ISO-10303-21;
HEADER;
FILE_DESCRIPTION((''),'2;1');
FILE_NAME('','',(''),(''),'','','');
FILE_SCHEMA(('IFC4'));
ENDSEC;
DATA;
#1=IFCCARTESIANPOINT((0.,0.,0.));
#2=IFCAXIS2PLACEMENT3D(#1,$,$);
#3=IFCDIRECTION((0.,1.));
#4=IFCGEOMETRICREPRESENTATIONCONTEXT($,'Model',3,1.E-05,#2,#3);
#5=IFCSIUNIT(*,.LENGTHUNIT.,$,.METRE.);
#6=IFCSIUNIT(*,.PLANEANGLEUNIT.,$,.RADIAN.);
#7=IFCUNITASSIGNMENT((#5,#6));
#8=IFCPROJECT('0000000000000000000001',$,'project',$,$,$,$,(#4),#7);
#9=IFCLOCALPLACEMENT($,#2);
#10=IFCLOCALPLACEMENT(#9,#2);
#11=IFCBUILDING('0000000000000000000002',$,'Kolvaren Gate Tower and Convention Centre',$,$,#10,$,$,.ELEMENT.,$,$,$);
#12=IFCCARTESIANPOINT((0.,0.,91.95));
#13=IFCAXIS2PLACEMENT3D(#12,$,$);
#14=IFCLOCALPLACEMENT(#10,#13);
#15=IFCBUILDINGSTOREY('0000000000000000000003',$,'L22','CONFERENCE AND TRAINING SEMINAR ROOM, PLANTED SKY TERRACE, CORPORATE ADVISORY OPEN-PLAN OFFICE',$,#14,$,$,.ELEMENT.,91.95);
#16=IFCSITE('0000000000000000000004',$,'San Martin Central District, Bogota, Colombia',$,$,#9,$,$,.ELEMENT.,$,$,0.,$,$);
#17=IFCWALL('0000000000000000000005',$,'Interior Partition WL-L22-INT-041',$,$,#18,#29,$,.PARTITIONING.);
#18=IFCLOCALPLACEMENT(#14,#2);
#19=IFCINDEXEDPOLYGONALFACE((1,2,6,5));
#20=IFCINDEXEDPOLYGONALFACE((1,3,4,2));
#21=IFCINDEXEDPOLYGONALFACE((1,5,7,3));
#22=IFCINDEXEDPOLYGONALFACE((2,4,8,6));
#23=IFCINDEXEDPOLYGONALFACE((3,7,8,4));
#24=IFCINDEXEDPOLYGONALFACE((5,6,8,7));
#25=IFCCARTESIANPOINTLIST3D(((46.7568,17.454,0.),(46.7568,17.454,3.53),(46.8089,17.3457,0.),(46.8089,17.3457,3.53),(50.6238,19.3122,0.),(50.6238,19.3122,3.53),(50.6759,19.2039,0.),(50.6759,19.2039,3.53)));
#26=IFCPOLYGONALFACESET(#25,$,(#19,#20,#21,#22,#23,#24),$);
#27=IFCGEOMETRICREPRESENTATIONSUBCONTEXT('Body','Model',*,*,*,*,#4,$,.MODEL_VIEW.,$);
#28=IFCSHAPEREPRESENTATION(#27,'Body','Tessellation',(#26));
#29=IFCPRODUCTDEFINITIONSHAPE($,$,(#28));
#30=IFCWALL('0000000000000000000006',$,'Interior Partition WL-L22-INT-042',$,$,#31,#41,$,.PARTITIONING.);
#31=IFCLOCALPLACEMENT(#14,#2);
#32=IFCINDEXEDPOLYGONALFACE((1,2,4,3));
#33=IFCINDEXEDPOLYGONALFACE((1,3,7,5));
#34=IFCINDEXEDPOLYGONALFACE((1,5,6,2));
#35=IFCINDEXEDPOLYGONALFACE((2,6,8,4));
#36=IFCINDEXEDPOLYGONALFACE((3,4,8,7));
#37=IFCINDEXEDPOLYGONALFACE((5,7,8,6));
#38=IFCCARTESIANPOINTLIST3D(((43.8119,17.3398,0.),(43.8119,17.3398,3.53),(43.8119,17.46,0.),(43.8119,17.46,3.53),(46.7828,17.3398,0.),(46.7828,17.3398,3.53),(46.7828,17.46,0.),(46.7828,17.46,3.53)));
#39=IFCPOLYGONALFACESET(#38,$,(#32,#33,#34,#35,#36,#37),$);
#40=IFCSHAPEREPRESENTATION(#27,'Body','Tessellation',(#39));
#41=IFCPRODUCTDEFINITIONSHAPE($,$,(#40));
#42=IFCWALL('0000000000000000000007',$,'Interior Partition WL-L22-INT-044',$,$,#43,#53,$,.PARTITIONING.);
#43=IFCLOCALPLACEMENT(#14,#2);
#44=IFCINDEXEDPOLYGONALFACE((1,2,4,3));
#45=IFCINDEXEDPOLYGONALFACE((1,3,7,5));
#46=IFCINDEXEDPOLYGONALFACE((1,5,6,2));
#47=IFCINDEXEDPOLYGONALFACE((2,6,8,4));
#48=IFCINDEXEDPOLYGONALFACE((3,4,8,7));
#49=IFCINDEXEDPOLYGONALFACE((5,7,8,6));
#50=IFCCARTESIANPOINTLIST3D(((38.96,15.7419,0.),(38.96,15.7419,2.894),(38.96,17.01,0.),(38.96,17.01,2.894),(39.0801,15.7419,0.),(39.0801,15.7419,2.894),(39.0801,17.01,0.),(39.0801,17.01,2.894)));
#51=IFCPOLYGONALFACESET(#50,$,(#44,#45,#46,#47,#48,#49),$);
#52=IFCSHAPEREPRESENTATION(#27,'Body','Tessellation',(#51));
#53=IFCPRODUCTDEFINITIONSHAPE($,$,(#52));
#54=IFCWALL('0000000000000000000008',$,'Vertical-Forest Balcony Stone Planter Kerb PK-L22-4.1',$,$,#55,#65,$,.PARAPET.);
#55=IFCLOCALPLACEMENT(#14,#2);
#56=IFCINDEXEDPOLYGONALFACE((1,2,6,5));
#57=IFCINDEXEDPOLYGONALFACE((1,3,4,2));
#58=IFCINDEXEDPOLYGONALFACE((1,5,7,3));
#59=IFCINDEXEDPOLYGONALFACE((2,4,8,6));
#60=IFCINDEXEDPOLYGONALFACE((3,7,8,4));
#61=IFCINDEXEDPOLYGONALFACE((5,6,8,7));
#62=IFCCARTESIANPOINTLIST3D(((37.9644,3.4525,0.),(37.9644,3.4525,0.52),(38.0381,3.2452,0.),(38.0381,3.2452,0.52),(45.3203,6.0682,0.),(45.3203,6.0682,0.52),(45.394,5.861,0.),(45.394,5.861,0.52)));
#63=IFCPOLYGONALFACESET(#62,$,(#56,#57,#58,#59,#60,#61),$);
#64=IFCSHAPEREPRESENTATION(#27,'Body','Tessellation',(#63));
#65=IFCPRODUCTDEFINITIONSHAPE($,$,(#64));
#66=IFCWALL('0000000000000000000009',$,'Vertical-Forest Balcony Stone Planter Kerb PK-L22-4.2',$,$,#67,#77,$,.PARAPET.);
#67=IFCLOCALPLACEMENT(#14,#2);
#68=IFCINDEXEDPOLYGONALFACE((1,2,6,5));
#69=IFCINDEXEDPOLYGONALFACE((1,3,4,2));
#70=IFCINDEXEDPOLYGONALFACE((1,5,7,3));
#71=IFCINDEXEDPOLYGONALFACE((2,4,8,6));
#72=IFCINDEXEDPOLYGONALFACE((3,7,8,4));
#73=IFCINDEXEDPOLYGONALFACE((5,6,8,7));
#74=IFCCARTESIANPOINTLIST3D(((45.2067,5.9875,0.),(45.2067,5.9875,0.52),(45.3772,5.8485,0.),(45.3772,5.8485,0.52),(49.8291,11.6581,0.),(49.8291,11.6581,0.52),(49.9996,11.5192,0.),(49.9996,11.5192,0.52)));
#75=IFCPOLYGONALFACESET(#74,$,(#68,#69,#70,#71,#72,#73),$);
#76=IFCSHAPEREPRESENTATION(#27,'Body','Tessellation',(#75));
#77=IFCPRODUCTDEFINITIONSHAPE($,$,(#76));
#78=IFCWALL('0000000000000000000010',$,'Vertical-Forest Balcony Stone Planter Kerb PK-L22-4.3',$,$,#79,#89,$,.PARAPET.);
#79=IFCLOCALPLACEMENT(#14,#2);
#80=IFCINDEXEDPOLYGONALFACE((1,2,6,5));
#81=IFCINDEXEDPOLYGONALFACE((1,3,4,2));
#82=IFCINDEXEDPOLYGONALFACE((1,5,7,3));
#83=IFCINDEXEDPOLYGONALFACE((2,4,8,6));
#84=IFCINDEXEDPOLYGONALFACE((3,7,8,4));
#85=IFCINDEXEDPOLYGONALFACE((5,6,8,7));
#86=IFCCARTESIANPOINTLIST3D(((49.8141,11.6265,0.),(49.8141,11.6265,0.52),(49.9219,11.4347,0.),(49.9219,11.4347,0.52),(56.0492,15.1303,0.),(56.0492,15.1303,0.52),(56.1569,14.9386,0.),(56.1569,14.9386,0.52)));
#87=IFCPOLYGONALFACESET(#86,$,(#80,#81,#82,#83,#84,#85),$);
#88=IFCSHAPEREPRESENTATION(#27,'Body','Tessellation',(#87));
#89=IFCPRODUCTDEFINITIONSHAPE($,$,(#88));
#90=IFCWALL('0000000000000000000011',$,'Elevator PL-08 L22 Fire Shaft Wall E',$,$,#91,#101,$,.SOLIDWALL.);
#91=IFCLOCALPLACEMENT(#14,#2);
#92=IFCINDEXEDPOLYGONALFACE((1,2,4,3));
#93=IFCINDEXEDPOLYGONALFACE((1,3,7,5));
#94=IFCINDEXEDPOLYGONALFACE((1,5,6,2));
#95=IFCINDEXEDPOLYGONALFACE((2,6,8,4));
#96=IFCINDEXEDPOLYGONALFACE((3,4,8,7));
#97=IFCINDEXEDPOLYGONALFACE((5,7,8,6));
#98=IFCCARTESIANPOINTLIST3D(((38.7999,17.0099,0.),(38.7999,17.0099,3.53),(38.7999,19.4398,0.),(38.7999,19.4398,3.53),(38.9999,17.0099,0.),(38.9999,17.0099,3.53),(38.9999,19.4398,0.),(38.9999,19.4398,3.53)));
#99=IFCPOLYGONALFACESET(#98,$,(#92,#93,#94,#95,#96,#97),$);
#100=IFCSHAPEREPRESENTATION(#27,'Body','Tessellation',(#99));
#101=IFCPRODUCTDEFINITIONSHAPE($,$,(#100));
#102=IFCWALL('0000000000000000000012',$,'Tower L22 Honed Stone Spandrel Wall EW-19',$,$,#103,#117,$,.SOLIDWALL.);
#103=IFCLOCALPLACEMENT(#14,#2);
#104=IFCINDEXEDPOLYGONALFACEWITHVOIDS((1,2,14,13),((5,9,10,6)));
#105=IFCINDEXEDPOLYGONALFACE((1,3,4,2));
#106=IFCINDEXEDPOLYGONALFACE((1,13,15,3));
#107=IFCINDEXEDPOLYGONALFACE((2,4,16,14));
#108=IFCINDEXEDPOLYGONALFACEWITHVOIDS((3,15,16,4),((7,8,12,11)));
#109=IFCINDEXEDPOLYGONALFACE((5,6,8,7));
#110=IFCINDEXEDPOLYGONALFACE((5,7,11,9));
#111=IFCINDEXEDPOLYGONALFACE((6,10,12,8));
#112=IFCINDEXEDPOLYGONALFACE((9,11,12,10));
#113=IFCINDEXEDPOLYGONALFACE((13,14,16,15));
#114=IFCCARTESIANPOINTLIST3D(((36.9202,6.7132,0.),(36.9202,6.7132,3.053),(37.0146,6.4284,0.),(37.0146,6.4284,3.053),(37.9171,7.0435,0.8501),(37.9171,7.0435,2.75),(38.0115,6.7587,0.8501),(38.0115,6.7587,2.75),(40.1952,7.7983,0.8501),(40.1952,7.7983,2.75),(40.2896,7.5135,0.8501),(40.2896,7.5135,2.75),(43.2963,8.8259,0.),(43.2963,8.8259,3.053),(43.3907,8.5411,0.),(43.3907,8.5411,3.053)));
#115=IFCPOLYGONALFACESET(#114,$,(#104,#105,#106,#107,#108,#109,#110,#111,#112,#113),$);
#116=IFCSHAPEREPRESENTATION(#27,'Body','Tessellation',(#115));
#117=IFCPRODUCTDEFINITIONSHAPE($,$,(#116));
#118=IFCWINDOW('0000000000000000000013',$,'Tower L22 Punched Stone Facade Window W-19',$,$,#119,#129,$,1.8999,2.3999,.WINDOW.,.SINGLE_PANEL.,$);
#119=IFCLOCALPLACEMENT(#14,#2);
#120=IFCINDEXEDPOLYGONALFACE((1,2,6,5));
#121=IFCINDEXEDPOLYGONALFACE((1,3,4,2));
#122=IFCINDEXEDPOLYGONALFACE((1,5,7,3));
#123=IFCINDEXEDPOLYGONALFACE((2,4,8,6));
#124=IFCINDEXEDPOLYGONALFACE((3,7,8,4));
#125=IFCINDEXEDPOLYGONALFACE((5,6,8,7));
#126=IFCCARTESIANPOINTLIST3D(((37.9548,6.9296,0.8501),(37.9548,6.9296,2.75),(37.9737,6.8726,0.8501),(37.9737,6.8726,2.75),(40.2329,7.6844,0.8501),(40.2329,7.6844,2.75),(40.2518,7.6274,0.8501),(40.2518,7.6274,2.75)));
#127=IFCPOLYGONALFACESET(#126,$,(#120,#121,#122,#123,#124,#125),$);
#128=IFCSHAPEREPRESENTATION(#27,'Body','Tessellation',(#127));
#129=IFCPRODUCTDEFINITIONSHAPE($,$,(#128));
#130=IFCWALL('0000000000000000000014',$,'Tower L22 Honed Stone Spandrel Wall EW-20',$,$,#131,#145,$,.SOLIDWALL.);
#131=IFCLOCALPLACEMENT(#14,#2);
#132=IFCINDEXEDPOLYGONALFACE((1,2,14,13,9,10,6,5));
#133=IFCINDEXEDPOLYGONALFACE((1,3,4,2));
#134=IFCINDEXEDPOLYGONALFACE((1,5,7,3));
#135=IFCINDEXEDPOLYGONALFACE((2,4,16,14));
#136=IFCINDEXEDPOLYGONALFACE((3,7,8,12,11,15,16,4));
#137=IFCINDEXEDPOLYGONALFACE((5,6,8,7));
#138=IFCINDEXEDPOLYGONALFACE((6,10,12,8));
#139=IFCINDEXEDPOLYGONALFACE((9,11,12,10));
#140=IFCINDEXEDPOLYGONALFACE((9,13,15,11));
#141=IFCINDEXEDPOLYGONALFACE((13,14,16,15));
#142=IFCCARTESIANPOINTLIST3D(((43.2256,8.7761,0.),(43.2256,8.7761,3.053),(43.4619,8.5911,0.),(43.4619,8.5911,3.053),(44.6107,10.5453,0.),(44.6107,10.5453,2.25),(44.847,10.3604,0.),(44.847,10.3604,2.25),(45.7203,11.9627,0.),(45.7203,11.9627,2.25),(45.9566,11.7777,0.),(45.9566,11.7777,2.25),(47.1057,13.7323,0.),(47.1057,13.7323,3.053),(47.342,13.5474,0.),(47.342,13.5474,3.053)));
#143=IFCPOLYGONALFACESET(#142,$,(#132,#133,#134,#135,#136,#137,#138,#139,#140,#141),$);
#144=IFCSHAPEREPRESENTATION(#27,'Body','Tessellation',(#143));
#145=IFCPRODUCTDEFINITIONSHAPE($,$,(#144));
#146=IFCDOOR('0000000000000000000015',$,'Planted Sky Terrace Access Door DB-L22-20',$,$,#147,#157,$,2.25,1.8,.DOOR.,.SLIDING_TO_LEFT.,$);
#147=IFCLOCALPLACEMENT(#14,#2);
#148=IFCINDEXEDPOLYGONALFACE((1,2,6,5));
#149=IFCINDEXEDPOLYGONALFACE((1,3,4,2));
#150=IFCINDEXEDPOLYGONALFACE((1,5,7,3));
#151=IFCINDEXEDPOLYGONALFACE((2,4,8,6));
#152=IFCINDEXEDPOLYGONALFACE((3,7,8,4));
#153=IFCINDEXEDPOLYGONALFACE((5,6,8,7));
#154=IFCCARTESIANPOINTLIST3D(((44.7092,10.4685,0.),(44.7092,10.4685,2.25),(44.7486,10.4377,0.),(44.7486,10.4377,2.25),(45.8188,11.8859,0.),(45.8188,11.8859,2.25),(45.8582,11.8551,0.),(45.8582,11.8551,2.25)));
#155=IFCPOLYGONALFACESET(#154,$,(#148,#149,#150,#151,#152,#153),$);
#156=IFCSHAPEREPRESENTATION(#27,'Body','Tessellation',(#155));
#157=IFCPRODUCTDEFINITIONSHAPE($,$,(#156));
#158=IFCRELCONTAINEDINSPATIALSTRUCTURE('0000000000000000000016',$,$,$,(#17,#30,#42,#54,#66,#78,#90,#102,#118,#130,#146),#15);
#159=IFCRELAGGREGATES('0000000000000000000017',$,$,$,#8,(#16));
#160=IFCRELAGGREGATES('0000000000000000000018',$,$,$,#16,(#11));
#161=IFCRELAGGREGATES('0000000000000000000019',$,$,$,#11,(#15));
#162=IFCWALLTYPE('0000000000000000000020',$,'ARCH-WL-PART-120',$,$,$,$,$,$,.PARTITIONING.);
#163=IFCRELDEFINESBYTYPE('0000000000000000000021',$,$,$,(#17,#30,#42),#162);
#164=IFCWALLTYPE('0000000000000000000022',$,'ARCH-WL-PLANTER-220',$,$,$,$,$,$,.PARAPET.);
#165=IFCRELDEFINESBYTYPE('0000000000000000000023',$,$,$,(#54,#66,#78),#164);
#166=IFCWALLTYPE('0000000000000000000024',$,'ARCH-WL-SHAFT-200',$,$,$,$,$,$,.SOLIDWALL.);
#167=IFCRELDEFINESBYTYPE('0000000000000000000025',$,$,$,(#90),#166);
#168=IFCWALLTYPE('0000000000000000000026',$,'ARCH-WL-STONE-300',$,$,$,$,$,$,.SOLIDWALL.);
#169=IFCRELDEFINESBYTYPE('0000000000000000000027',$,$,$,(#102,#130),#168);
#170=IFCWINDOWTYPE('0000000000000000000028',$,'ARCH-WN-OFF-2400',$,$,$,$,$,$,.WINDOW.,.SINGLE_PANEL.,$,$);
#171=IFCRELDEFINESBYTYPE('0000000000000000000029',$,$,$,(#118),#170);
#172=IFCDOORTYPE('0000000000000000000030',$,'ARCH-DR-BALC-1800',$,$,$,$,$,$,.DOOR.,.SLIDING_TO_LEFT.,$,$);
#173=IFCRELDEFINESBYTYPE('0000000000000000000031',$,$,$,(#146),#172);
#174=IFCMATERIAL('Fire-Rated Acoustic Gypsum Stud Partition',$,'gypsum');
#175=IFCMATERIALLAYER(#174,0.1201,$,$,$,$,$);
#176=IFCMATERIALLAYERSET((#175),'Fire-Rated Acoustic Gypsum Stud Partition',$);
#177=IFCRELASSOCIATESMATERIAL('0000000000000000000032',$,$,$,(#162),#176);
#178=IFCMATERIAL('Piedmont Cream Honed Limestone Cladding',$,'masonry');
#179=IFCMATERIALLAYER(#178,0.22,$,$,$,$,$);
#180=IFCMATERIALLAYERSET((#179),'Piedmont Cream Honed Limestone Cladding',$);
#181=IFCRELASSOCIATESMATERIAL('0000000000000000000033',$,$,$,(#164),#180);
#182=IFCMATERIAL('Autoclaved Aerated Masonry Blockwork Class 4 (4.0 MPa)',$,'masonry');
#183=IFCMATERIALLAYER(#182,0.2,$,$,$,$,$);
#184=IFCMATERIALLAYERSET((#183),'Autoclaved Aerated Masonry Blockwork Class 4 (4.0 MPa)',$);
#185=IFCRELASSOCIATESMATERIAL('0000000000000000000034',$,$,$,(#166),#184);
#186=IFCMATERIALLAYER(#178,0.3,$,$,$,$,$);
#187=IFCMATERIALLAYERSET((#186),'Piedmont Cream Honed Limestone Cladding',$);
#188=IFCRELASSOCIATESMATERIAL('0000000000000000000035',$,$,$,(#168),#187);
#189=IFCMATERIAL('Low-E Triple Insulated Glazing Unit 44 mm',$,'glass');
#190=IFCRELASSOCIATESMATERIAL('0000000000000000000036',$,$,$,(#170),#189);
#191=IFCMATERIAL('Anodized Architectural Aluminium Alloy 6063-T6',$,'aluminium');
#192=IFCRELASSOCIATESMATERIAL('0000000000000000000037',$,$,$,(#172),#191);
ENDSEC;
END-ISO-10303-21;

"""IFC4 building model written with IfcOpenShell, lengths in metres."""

from ifc_helpers import new_model, si_unit, direction, frame, frame_2d, origin, place, context, subcontext, project, spatial, rectangle, extrude, material, layer, layer_set, type_object, element, fill, save


model = new_model("IFC4")

# Units and contexts
model_context = context("Model", 3, precision=1e-05, world=origin(), true_north=direction((0.0, 1.0)))
body_context = subcontext(model_context, "Body", "Model", "MODEL_VIEW")
ifc_project = project(units=[si_unit("LENGTHUNIT", "METRE"), si_unit("PLANEANGLEUNIT", "RADIAN")], contexts=[model_context])

# Site, building, storey
site_placement = place(None, origin())
site = spatial("IfcSite", under=ifc_project, at=site_placement, Name="San Martin Central District, Bogota, Colombia", CompositionType="ELEMENT", RefElevation=0.0)
building_placement = place(site_placement, origin())
building = spatial("IfcBuilding", under=site, at=building_placement, Name="Kolvaren Gate Tower and Convention Centre", CompositionType="ELEMENT")
storey_placement = place(building_placement, frame((0.0, 0.0, 91.95)))
storey = spatial("IfcBuildingStorey", under=building, at=storey_placement, Name="L22", Description="CONFERENCE AND TRAINING SEMINAR ROOM, PLANTED SKY TERRACE, CORPORATE ADVISORY OPEN-PLAN OFFICE", CompositionType="ELEMENT", Elevation=91.95)

# Shared definitions
ifc_material_1 = material(Name="Fire-Rated Acoustic Gypsum Stud Partition", Category="gypsum")
ifc_layer_1 = layer(ifc_material_1, 0.1201)
ifc_layer_set_1 = layer_set([ifc_layer_1], Name="Fire-Rated Acoustic Gypsum Stud Partition")
wall_type_1 = type_object("IfcWallType", Name="ARCH-WL-PART-120", PredefinedType="PARTITIONING", material=ifc_layer_set_1)

# Walls
wall_1_placement = place(storey_placement, frame((46.783, 17.3999, 0.0), z_axis=(0.0, 0.0, 1.0), x_axis=(0.901339, 0.433114, 0.0)))
element("IfcWall", 1, at=wall_1_placement, inside=storey, type_object=wall_type_1, Name="Interior Partition WL-L22-INT-041", PredefinedType="PARTITIONING", context=body_context, shape_type="SweptSolid", body=[
    extrude(rectangle(XDim=4.2903, YDim=0.1201, at=frame_2d((2.145, 0.0))), origin(), (0.0, 0.0, 1.0), 3.53),
])
wall_2_placement = place(storey_placement, frame((43.812, 17.3999, 0.0), z_axis=(0.0, 0.0, 1.0), x_axis=(1.0, 0.0, 0.0)))
element("IfcWall", 2, at=wall_2_placement, inside=storey, type_object=wall_type_1, Name="Interior Partition WL-L22-INT-042", PredefinedType="PARTITIONING", context=body_context, shape_type="SweptSolid", body=[
    extrude(rectangle(XDim=2.9709, YDim=0.1201, at=frame_2d((1.4854, 0.0))), origin(), (0.0, 0.0, 1.0), 3.53),
])
wall_3_placement = place(storey_placement, frame((39.02, 15.7419, 0.0), z_axis=(0.0, 0.0, 1.0), x_axis=(0.0, 1.0, 0.0)))
element("IfcWall", 3, at=wall_3_placement, inside=storey, type_object=wall_type_1, Name="Interior Partition WL-L22-INT-044", PredefinedType="PARTITIONING", context=body_context, shape_type="SweptSolid", body=[
    extrude(rectangle(XDim=1.2681, YDim=0.1201, at=frame_2d((0.634, 0.0))), origin(), (0.0, 0.0, 1.0), 2.894),
])
ifc_material_2 = material(Name="Piedmont Cream Honed Limestone Cladding", Category="masonry")
ifc_layer_2 = layer(ifc_material_2, 0.22)
ifc_layer_set_2 = layer_set([ifc_layer_2], Name="Piedmont Cream Honed Limestone Cladding")
wall_type_2 = type_object("IfcWallType", Name="ARCH-WL-PLANTER-220", PredefinedType="PARAPET", material=ifc_layer_set_2)
wall_4_placement = place(storey_placement, frame((38.0012, 3.3489, 0.0), z_axis=(0.0, 0.0, 1.0), x_axis=(0.942204, 0.335041, 0.0)))
element("IfcWall", 4, at=wall_4_placement, inside=storey, type_object=wall_type_2, Name="Vertical-Forest Balcony Stone Planter Kerb PK-L22-4.1", PredefinedType="PARAPET", context=body_context, shape_type="SweptSolid", body=[
    extrude(rectangle(XDim=7.8071, YDim=0.22, at=frame_2d((3.9036, 0.0))), origin(), (0.0, 0.0, 1.0), 0.52),
])
wall_5_placement = place(storey_placement, frame((45.292, 5.918, 0.0), z_axis=(0.0, 0.0, 1.0), x_axis=(0.631819, 0.775116, 0.0)))
element("IfcWall", 5, at=wall_5_placement, inside=storey, type_object=wall_type_2, Name="Vertical-Forest Balcony Stone Planter Kerb PK-L22-4.2", PredefinedType="PARAPET", context=body_context, shape_type="SweptSolid", body=[
    extrude(rectangle(XDim=7.3159, YDim=0.22, at=frame_2d((3.658, 0.0))), origin(), (0.0, 0.0, 1.0), 0.52),
])
wall_6_placement = place(storey_placement, frame((49.8679, 11.5305, 0.0), z_axis=(0.0, 0.0, 1.0), x_axis=(0.871775, 0.489906, 0.0)))
element("IfcWall", 6, at=wall_6_placement, inside=storey, type_object=wall_type_2, Name="Vertical-Forest Balcony Stone Planter Kerb PK-L22-4.3", PredefinedType="PARAPET", context=body_context, shape_type="SweptSolid", body=[
    extrude(rectangle(XDim=7.1521, YDim=0.22, at=frame_2d((3.5762, 0.0))), origin(), (0.0, 0.0, 1.0), 0.52),
])
ifc_material_3 = material(Name="Autoclaved Aerated Masonry Blockwork Class 4 (4.0 MPa)", Category="masonry")
ifc_layer_3 = layer(ifc_material_3, 0.2)
ifc_layer_set_3 = layer_set([ifc_layer_3], Name="Autoclaved Aerated Masonry Blockwork Class 4 (4.0 MPa)")
wall_type_3 = type_object("IfcWallType", Name="ARCH-WL-SHAFT-200", PredefinedType="SOLIDWALL", material=ifc_layer_set_3)
wall_7_placement = place(storey_placement, frame((38.8999, 17.01, 0.0), z_axis=(0.0, 0.0, 1.0), x_axis=(0.0, 1.0, 0.0)))
element("IfcWall", 7, at=wall_7_placement, inside=storey, type_object=wall_type_3, Name="Elevator PL-08 L22 Fire Shaft Wall E", PredefinedType="SOLIDWALL", context=body_context, shape_type="SweptSolid", body=[
    extrude(rectangle(XDim=2.4299, YDim=0.2, at=frame_2d((1.2148, 0.0))), origin(), (0.0, 0.0, 1.0), 3.53),
])

# Wall, opening, window
ifc_layer_4 = layer(ifc_material_2, 0.3)
ifc_layer_set_4 = layer_set([ifc_layer_4], Name="Piedmont Cream Honed Limestone Cladding")
wall_type_4 = type_object("IfcWallType", Name="ARCH-WL-STONE-300", PredefinedType="SOLIDWALL", material=ifc_layer_set_4)
wall_8_placement = place(storey_placement, frame((36.9675, 6.5708, 0.0), z_axis=(0.0, 0.0, 1.0), x_axis=(0.949245, 0.314537, 0.0)))
wall_8 = element("IfcWall", 8, at=wall_8_placement, inside=storey, type_object=wall_type_4, Name="Tower L22 Honed Stone Spandrel Wall EW-19", PredefinedType="SOLIDWALL", context=body_context, shape_type="SweptSolid", body=[
    extrude(rectangle(XDim=6.717, YDim=0.3, at=frame_2d((3.3584, 0.0))), origin(), (0.0, 0.0, 1.0), 3.053),
])
opening_1_placement = place(wall_8_placement, frame((1.05, 0.0, 0.8501)))
opening_1 = element("IfcOpeningElement", 9, at=opening_1_placement, cuts=wall_8, PredefinedType="OPENING", context=body_context, shape_type="SweptSolid", body=[
    extrude(rectangle(XDim=2.3999, YDim=1.8999, at=frame_2d((1.2, 0.95))), frame((0.0, 0.1599, 0.0), z_axis=(0.0, -1.0, 0.0), x_axis=(1.0, 0.0, 0.0)), (0.0, 0.0, 1.0), 0.3201),
])
ifc_material_4 = material(Name="Low-E Triple Insulated Glazing Unit 44 mm", Category="glass")
window_type = type_object("IfcWindowType", Name="ARCH-WN-OFF-2400", PartitioningType="SINGLE_PANEL", PredefinedType="WINDOW", material=ifc_material_4)
window_1_placement = place(opening_1_placement, origin())
window_1 = element("IfcWindow", 10, at=window_1_placement, inside=storey, type_object=window_type, Name="Tower L22 Punched Stone Facade Window W-19", OverallHeight=1.8999, OverallWidth=2.3999, PartitioningType="SINGLE_PANEL", PredefinedType="WINDOW", context=body_context, shape_type="SweptSolid", body=[
    extrude(rectangle(XDim=2.3999, YDim=1.8999, at=frame_2d((1.2, 0.95))), frame((0.0, 0.03, 0.0), z_axis=(0.0, -1.0, 0.0), x_axis=(1.0, 0.0, 0.0)), (0.0, 0.0, 1.0), 0.0601),
])
fill(opening_1, window_1)

# Wall, opening, door
wall_9_placement = place(storey_placement, frame((43.3438, 8.6836, 0.0), z_axis=(0.0, 0.0, 1.0), x_axis=(0.616435, 0.787406, 0.0)))
wall_9 = element("IfcWall", 11, at=wall_9_placement, inside=storey, type_object=wall_type_4, Name="Tower L22 Honed Stone Spandrel Wall EW-20", PredefinedType="SOLIDWALL", context=body_context, shape_type="SweptSolid", body=[
    extrude(rectangle(XDim=6.2944, YDim=0.3, at=frame_2d((3.1472, 0.0))), origin(), (0.0, 0.0, 1.0), 3.053),
])
opening_2_placement = place(wall_9_placement, frame((2.2471, 0.0, 0.0)))
opening_2 = element("IfcOpeningElement", 12, at=opening_2_placement, cuts=wall_9, PredefinedType="OPENING", context=body_context, shape_type="SweptSolid", body=[
    extrude(rectangle(XDim=1.8, YDim=2.25, at=frame_2d((0.8999, 1.125))), frame((0.0, 0.1599, 0.0), z_axis=(0.0, -1.0, 0.0), x_axis=(1.0, 0.0, 0.0)), (0.0, 0.0, 1.0), 0.3201),
])
ifc_material_5 = material(Name="Anodized Architectural Aluminium Alloy 6063-T6", Category="aluminium")
door_type_1 = type_object("IfcDoorType", Name="ARCH-DR-BALC-1800", OperationType="SLIDING_TO_LEFT", PredefinedType="DOOR", material=ifc_material_5)
door_1_placement = place(opening_2_placement, frame((1.8, 0.0, 0.0), z_axis=(0.0, 0.0, 1.0), x_axis=(-1.0, 0.0, 0.0)))
door_1 = element("IfcDoor", 13, at=door_1_placement, inside=storey, type_object=door_type_1, Name="Planted Sky Terrace Access Door DB-L22-20", OperationType="SLIDING_TO_LEFT", OverallHeight=2.25, OverallWidth=1.8, PredefinedType="DOOR", context=body_context, shape_type="SweptSolid", body=[
    extrude(rectangle(XDim=1.8, YDim=2.25, at=frame_2d((0.8999, 1.125))), frame((0.0, 0.0249, 0.0), z_axis=(0.0, -1.0, 0.0), x_axis=(1.0, 0.0, 0.0)), (0.0, 0.0, 1.0), 0.05),
])
fill(opening_2, door_1)

save(model, "model.ifc")
